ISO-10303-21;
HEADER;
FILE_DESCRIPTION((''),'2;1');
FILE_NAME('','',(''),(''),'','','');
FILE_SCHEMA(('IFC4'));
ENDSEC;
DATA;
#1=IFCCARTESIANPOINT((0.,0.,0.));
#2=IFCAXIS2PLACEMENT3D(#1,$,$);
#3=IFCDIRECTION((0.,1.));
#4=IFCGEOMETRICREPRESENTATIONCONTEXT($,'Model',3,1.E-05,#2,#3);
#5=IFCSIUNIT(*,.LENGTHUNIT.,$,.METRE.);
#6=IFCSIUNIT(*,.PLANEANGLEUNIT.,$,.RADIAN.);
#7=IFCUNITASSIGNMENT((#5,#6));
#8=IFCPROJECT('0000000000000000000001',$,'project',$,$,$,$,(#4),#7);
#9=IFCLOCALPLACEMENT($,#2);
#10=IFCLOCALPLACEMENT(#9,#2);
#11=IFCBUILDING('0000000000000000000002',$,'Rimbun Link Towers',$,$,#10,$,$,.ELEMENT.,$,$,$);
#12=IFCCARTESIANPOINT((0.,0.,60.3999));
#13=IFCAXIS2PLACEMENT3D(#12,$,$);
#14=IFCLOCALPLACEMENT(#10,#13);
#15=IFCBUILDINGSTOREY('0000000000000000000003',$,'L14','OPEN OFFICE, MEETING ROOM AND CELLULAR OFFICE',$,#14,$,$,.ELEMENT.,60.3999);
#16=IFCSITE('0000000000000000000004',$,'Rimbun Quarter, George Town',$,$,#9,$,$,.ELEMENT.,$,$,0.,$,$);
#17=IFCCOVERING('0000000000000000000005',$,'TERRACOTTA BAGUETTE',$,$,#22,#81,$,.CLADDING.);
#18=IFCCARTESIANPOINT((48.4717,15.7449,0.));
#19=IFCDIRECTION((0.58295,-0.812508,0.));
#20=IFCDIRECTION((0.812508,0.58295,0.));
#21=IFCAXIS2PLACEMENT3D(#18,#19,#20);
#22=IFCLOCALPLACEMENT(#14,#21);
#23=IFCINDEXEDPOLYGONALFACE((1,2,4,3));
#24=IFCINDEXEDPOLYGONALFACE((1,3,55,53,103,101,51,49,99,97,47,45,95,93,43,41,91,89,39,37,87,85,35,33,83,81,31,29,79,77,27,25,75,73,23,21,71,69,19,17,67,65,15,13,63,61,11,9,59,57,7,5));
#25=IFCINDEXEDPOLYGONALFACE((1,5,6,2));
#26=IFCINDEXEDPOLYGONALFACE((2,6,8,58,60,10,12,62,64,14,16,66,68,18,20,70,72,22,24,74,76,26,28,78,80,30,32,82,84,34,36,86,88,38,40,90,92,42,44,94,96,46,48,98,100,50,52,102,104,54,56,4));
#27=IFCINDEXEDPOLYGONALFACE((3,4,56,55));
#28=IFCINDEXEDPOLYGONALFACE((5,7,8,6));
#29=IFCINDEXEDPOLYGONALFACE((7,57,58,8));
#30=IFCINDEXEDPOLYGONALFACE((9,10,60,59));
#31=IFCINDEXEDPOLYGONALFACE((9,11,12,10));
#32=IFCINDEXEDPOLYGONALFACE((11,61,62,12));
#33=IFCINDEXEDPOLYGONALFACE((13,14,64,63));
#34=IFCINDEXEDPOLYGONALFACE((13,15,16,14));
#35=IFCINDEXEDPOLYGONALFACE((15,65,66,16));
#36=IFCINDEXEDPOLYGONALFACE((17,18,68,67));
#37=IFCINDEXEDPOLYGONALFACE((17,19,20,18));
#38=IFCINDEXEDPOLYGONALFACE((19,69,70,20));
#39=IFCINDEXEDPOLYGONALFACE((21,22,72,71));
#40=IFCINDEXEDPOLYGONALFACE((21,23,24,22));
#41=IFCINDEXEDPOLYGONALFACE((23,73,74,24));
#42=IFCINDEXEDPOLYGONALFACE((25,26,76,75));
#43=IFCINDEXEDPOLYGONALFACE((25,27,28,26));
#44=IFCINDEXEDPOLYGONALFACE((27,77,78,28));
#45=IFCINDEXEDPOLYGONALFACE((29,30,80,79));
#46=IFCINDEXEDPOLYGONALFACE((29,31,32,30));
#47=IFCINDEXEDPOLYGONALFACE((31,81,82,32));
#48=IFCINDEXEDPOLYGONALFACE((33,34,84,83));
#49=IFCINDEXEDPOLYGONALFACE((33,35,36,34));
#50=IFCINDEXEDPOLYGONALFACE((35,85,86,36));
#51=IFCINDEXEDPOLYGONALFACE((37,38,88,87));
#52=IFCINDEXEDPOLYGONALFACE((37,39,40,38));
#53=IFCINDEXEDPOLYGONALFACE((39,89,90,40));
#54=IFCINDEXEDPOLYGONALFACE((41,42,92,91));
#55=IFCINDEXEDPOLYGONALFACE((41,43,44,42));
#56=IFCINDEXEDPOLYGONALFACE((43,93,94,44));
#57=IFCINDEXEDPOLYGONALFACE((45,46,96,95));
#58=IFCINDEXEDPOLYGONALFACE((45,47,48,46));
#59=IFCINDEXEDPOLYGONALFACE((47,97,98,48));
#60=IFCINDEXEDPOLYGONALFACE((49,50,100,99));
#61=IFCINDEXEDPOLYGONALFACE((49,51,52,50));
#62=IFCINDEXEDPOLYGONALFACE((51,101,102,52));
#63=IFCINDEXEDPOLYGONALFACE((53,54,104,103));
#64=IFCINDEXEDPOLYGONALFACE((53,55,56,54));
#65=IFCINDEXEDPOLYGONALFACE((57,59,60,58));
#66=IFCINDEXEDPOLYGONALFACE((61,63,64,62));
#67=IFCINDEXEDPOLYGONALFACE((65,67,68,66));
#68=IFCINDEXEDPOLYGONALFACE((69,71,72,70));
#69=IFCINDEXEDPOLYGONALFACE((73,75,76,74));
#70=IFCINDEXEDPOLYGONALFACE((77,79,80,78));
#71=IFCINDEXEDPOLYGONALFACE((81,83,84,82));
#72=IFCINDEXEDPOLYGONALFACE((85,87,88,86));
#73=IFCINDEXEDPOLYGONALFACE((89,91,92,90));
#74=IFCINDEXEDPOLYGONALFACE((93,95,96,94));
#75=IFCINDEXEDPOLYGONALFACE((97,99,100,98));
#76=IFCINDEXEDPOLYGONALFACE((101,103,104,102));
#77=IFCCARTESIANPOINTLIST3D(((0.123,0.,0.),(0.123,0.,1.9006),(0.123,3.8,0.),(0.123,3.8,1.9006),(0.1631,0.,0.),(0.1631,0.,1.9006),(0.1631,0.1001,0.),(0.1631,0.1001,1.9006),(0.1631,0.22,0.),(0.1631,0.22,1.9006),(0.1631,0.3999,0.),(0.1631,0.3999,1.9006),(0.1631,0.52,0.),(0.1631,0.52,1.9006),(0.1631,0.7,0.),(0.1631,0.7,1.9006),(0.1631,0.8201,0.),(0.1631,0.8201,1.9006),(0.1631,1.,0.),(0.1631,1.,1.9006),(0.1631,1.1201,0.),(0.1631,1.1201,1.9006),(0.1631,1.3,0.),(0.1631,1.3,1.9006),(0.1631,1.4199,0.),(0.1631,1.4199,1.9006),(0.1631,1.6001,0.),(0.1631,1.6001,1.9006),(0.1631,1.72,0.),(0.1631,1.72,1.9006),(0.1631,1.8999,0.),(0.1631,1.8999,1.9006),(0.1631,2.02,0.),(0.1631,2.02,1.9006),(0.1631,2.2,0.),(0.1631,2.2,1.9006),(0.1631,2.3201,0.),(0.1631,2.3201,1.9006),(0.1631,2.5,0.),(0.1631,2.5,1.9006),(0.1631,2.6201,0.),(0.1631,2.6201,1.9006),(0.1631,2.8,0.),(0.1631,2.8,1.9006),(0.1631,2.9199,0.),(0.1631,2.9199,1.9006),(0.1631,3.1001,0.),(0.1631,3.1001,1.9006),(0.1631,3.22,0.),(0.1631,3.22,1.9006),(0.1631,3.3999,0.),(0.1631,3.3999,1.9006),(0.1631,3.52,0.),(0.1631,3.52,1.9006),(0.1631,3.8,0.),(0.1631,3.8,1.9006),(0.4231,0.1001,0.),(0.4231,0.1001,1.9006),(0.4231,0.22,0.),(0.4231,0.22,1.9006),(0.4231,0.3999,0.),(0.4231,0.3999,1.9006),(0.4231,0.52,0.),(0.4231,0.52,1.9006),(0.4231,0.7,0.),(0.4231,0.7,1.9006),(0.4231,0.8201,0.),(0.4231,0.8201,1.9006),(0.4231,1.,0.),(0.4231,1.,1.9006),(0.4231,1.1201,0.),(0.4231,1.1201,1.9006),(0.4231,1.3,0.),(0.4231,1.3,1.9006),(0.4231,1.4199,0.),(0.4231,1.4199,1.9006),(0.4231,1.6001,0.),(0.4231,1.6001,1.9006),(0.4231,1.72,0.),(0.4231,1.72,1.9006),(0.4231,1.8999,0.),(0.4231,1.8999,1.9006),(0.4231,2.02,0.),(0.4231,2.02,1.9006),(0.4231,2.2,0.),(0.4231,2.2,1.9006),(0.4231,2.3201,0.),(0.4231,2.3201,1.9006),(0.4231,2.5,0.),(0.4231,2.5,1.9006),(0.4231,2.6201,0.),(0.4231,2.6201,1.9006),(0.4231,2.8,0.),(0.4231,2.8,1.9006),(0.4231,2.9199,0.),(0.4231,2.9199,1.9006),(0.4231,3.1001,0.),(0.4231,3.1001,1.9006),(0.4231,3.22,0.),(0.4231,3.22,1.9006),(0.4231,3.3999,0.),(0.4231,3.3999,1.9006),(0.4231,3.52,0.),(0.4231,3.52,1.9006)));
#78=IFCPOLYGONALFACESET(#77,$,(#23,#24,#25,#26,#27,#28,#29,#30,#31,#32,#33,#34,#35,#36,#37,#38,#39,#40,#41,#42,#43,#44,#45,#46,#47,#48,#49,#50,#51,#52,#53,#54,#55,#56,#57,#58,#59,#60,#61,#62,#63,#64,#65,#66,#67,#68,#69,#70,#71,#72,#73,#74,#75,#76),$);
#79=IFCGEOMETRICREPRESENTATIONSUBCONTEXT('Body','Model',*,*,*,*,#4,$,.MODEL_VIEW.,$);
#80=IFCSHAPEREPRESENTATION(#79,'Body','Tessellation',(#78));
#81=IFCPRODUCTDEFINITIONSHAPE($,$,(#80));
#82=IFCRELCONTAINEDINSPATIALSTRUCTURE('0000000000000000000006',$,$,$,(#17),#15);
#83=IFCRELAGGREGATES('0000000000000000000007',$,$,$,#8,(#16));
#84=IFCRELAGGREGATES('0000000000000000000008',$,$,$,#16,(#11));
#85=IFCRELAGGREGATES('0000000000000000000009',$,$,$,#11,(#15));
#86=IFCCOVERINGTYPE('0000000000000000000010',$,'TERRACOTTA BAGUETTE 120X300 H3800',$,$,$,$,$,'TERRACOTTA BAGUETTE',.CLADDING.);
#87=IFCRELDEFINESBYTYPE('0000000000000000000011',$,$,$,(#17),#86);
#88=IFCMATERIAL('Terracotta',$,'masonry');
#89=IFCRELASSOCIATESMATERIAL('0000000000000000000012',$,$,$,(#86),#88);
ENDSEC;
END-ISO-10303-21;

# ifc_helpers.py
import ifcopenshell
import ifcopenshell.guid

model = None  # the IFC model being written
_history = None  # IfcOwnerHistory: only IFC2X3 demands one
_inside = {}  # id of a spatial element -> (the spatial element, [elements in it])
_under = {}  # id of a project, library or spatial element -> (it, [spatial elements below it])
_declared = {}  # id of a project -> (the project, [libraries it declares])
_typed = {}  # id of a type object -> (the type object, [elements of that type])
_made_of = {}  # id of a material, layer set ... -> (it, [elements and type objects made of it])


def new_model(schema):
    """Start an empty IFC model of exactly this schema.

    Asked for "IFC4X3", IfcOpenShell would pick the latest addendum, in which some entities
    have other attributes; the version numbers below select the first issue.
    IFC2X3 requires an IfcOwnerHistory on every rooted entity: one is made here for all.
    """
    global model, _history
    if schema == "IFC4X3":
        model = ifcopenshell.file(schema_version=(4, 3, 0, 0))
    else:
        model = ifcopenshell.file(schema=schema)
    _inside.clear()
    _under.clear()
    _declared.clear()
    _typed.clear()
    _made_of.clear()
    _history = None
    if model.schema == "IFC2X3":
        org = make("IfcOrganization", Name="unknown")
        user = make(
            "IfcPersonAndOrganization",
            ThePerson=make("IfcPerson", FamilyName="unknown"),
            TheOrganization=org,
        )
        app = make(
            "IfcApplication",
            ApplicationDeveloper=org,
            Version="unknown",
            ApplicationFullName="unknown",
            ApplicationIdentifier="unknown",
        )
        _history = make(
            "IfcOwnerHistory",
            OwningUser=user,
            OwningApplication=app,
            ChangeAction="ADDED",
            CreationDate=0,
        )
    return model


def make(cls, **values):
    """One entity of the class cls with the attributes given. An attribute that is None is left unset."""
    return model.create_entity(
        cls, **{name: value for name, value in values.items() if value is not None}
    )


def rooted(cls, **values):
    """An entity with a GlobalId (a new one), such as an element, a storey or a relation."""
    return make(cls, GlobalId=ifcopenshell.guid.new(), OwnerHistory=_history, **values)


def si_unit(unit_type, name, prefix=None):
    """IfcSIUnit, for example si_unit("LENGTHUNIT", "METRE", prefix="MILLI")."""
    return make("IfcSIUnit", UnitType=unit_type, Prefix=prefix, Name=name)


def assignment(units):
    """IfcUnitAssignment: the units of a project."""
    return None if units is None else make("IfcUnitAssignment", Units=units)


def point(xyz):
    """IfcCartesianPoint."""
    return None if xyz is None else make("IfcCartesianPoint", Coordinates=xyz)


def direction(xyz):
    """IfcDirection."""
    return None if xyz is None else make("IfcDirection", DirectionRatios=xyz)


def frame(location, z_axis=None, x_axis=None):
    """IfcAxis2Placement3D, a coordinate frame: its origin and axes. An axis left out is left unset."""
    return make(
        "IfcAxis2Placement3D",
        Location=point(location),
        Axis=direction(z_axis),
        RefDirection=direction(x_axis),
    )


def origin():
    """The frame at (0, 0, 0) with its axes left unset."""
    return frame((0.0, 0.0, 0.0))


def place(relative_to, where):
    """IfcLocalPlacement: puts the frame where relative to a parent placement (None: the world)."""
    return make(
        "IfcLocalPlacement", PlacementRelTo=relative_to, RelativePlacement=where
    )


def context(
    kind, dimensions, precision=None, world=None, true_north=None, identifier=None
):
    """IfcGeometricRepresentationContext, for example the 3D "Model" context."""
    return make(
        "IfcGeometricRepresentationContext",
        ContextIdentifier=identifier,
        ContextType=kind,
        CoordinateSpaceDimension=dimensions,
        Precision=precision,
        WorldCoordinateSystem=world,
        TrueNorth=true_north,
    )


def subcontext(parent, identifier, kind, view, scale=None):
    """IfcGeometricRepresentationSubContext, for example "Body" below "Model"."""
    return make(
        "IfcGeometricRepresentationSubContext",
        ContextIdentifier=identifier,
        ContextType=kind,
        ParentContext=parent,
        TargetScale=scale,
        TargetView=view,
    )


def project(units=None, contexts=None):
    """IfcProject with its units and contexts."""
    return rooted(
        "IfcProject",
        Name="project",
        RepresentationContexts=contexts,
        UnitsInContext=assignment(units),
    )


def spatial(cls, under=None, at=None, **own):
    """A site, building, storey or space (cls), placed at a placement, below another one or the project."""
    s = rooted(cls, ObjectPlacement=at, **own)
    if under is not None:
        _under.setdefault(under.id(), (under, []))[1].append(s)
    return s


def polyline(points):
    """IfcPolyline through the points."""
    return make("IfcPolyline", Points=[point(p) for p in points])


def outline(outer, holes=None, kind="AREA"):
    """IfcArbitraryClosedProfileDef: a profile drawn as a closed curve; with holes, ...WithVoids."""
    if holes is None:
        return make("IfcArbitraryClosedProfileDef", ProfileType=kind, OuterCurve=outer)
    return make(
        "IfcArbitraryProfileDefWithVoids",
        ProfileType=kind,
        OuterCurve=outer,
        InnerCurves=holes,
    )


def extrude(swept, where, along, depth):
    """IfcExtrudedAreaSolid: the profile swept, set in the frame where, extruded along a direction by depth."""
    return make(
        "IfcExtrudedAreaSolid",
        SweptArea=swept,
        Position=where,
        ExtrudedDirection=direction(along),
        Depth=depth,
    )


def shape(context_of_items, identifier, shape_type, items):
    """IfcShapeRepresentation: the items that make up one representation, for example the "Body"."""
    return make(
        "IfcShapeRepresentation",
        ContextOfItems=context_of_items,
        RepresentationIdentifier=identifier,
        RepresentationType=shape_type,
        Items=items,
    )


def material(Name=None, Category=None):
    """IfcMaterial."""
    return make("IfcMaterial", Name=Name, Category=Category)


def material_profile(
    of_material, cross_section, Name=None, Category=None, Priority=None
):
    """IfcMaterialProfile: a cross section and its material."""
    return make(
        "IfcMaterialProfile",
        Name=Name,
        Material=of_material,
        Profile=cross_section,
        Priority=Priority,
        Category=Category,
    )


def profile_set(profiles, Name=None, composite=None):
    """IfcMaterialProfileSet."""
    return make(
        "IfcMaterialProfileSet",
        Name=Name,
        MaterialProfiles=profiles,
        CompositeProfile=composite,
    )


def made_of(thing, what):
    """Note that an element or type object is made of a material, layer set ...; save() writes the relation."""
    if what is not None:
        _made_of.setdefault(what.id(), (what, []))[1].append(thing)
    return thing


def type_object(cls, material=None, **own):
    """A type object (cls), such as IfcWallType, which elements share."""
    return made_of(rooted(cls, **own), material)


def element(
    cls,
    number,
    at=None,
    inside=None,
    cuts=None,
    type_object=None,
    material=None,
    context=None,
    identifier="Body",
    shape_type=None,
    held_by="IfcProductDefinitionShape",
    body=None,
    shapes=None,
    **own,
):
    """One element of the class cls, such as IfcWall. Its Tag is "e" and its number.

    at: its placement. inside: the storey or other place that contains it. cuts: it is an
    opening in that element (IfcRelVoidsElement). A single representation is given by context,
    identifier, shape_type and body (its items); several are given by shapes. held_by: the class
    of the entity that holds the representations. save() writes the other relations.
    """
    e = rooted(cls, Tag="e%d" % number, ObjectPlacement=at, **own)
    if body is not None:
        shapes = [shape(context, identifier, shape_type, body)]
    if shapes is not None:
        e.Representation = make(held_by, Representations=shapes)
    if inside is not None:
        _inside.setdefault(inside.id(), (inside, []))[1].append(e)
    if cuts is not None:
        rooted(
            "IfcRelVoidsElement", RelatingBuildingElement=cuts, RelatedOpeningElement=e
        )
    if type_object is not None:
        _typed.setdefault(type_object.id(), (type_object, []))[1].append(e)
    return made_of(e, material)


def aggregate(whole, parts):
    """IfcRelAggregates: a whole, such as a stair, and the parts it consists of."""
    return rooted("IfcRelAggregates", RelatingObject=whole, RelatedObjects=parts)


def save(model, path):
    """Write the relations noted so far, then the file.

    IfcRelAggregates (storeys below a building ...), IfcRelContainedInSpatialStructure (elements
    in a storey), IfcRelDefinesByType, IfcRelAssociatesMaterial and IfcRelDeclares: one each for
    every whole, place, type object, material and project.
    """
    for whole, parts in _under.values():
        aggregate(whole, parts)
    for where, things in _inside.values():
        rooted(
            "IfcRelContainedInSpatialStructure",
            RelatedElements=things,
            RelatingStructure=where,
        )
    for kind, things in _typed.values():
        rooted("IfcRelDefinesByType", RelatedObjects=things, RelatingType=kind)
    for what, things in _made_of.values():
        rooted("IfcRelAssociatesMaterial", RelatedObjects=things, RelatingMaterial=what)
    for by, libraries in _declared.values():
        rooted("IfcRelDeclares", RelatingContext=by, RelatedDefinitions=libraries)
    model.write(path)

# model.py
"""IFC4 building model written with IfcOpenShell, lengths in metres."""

from ifc_helpers import new_model, si_unit, direction, frame, origin, place, context, subcontext, project, spatial, polyline, outline, extrude, material, material_profile, profile_set, type_object, element, save


model = new_model("IFC4")

# Units and contexts
model_context = context("Model", 3, precision=1e-05, world=origin(), true_north=direction((0.0, 1.0)))
body_context = subcontext(model_context, "Body", "Model", "MODEL_VIEW")
ifc_project = project(units=[si_unit("LENGTHUNIT", "METRE"), si_unit("PLANEANGLEUNIT", "RADIAN")], contexts=[model_context])

# Site, building, storey
site_placement = place(None, origin())
site = spatial("IfcSite", under=ifc_project, at=site_placement, Name="Rimbun Quarter, George Town", CompositionType="ELEMENT", RefElevation=0.0)
building_placement = place(site_placement, origin())
building = spatial("IfcBuilding", under=site, at=building_placement, Name="Rimbun Link Towers", CompositionType="ELEMENT")
storey_placement = place(building_placement, frame((0.0, 0.0, 60.3999)))
storey = spatial("IfcBuildingStorey", under=building, at=storey_placement, Name="L14", Description="OPEN OFFICE, MEETING ROOM AND CELLULAR OFFICE", CompositionType="ELEMENT", Elevation=60.3999)

# Covering
ifc_material_1 = material(Name="Terracotta", Category="masonry")
ifc_material_profile_1 = material_profile(ifc_material_1, outline(polyline([(0.123, 0.0), (0.1631, 0.0), (0.1631, 0.1001), (0.4231, 0.1001), (0.4231, 0.22), (0.1631, 0.22), (0.1631, 0.3999), (0.4231, 0.3999), (0.4231, 0.52), (0.1631, 0.52), (0.1631, 0.7), (0.4231, 0.7), (0.4231, 0.8201), (0.1631, 0.8201), (0.1631, 1.0), (0.4231, 1.0), (0.4231, 1.1201), (0.1631, 1.1201), (0.1631, 1.3), (0.4231, 1.3), (0.4231, 1.4199), (0.1631, 1.4199), (0.1631, 1.6001), (0.4231, 1.6001), (0.4231, 1.72), (0.1631, 1.72), (0.1631, 1.8999), (0.4231, 1.8999), (0.4231, 2.02), (0.1631, 2.02), (0.1631, 2.2), (0.4231, 2.2), (0.4231, 2.3201), (0.1631, 2.3201), (0.1631, 2.5), (0.4231, 2.5), (0.4231, 2.6201), (0.1631, 2.6201), (0.1631, 2.8), (0.4231, 2.8), (0.4231, 2.9199), (0.1631, 2.9199), (0.1631, 3.1001), (0.4231, 3.1001), (0.4231, 3.22), (0.1631, 3.22), (0.1631, 3.3999), (0.4231, 3.3999), (0.4231, 3.52), (0.1631, 3.52), (0.1631, 3.8), (0.123, 3.8), (0.123, 0.0)])), Name="BAGUETTE 120X300")
ifc_profile_set_1 = profile_set([ifc_material_profile_1], Name="Terracotta")
covering_type = type_object("IfcCoveringType", Name="TERRACOTTA BAGUETTE 120X300 H3800", ElementType="TERRACOTTA BAGUETTE", PredefinedType="CLADDING", material=ifc_profile_set_1)
covering_1_placement = place(storey_placement, frame((48.4717, 15.7449, 0.0), z_axis=(0.58295, -0.812508, 0.0), x_axis=(0.812508, 0.58295, 0.0)))
element("IfcCovering", 1, at=covering_1_placement, inside=storey, type_object=covering_type, Name="TERRACOTTA BAGUETTE", PredefinedType="CLADDING", context=body_context, shape_type="SweptSolid", body=[
    extrude(outline(polyline([(0.123, 0.0), (0.1631, 0.0), (0.1631, 0.1001), (0.4231, 0.1001), (0.4231, 0.22), (0.1631, 0.22), (0.1631, 0.3999), (0.4231, 0.3999), (0.4231, 0.52), (0.1631, 0.52), (0.1631, 0.7), (0.4231, 0.7), (0.4231, 0.8201), (0.1631, 0.8201), (0.1631, 1.0), (0.4231, 1.0), (0.4231, 1.1201), (0.1631, 1.1201), (0.1631, 1.3), (0.4231, 1.3), (0.4231, 1.4199), (0.1631, 1.4199), (0.1631, 1.6001), (0.4231, 1.6001), (0.4231, 1.72), (0.1631, 1.72), (0.1631, 1.8999), (0.4231, 1.8999), (0.4231, 2.02), (0.1631, 2.02), (0.1631, 2.2), (0.4231, 2.2), (0.4231, 2.3201), (0.1631, 2.3201), (0.1631, 2.5), (0.4231, 2.5), (0.4231, 2.6201), (0.1631, 2.6201), (0.1631, 2.8), (0.4231, 2.8), (0.4231, 2.9199), (0.1631, 2.9199), (0.1631, 3.1001), (0.4231, 3.1001), (0.4231, 3.22), (0.1631, 3.22), (0.1631, 3.3999), (0.4231, 3.3999), (0.4231, 3.52), (0.1631, 3.52), (0.1631, 3.8), (0.123, 3.8), (0.123, 0.0)])), origin(), (0.0, 0.0, 1.0), 1.9006),
])

save(model, "model.ifc")
